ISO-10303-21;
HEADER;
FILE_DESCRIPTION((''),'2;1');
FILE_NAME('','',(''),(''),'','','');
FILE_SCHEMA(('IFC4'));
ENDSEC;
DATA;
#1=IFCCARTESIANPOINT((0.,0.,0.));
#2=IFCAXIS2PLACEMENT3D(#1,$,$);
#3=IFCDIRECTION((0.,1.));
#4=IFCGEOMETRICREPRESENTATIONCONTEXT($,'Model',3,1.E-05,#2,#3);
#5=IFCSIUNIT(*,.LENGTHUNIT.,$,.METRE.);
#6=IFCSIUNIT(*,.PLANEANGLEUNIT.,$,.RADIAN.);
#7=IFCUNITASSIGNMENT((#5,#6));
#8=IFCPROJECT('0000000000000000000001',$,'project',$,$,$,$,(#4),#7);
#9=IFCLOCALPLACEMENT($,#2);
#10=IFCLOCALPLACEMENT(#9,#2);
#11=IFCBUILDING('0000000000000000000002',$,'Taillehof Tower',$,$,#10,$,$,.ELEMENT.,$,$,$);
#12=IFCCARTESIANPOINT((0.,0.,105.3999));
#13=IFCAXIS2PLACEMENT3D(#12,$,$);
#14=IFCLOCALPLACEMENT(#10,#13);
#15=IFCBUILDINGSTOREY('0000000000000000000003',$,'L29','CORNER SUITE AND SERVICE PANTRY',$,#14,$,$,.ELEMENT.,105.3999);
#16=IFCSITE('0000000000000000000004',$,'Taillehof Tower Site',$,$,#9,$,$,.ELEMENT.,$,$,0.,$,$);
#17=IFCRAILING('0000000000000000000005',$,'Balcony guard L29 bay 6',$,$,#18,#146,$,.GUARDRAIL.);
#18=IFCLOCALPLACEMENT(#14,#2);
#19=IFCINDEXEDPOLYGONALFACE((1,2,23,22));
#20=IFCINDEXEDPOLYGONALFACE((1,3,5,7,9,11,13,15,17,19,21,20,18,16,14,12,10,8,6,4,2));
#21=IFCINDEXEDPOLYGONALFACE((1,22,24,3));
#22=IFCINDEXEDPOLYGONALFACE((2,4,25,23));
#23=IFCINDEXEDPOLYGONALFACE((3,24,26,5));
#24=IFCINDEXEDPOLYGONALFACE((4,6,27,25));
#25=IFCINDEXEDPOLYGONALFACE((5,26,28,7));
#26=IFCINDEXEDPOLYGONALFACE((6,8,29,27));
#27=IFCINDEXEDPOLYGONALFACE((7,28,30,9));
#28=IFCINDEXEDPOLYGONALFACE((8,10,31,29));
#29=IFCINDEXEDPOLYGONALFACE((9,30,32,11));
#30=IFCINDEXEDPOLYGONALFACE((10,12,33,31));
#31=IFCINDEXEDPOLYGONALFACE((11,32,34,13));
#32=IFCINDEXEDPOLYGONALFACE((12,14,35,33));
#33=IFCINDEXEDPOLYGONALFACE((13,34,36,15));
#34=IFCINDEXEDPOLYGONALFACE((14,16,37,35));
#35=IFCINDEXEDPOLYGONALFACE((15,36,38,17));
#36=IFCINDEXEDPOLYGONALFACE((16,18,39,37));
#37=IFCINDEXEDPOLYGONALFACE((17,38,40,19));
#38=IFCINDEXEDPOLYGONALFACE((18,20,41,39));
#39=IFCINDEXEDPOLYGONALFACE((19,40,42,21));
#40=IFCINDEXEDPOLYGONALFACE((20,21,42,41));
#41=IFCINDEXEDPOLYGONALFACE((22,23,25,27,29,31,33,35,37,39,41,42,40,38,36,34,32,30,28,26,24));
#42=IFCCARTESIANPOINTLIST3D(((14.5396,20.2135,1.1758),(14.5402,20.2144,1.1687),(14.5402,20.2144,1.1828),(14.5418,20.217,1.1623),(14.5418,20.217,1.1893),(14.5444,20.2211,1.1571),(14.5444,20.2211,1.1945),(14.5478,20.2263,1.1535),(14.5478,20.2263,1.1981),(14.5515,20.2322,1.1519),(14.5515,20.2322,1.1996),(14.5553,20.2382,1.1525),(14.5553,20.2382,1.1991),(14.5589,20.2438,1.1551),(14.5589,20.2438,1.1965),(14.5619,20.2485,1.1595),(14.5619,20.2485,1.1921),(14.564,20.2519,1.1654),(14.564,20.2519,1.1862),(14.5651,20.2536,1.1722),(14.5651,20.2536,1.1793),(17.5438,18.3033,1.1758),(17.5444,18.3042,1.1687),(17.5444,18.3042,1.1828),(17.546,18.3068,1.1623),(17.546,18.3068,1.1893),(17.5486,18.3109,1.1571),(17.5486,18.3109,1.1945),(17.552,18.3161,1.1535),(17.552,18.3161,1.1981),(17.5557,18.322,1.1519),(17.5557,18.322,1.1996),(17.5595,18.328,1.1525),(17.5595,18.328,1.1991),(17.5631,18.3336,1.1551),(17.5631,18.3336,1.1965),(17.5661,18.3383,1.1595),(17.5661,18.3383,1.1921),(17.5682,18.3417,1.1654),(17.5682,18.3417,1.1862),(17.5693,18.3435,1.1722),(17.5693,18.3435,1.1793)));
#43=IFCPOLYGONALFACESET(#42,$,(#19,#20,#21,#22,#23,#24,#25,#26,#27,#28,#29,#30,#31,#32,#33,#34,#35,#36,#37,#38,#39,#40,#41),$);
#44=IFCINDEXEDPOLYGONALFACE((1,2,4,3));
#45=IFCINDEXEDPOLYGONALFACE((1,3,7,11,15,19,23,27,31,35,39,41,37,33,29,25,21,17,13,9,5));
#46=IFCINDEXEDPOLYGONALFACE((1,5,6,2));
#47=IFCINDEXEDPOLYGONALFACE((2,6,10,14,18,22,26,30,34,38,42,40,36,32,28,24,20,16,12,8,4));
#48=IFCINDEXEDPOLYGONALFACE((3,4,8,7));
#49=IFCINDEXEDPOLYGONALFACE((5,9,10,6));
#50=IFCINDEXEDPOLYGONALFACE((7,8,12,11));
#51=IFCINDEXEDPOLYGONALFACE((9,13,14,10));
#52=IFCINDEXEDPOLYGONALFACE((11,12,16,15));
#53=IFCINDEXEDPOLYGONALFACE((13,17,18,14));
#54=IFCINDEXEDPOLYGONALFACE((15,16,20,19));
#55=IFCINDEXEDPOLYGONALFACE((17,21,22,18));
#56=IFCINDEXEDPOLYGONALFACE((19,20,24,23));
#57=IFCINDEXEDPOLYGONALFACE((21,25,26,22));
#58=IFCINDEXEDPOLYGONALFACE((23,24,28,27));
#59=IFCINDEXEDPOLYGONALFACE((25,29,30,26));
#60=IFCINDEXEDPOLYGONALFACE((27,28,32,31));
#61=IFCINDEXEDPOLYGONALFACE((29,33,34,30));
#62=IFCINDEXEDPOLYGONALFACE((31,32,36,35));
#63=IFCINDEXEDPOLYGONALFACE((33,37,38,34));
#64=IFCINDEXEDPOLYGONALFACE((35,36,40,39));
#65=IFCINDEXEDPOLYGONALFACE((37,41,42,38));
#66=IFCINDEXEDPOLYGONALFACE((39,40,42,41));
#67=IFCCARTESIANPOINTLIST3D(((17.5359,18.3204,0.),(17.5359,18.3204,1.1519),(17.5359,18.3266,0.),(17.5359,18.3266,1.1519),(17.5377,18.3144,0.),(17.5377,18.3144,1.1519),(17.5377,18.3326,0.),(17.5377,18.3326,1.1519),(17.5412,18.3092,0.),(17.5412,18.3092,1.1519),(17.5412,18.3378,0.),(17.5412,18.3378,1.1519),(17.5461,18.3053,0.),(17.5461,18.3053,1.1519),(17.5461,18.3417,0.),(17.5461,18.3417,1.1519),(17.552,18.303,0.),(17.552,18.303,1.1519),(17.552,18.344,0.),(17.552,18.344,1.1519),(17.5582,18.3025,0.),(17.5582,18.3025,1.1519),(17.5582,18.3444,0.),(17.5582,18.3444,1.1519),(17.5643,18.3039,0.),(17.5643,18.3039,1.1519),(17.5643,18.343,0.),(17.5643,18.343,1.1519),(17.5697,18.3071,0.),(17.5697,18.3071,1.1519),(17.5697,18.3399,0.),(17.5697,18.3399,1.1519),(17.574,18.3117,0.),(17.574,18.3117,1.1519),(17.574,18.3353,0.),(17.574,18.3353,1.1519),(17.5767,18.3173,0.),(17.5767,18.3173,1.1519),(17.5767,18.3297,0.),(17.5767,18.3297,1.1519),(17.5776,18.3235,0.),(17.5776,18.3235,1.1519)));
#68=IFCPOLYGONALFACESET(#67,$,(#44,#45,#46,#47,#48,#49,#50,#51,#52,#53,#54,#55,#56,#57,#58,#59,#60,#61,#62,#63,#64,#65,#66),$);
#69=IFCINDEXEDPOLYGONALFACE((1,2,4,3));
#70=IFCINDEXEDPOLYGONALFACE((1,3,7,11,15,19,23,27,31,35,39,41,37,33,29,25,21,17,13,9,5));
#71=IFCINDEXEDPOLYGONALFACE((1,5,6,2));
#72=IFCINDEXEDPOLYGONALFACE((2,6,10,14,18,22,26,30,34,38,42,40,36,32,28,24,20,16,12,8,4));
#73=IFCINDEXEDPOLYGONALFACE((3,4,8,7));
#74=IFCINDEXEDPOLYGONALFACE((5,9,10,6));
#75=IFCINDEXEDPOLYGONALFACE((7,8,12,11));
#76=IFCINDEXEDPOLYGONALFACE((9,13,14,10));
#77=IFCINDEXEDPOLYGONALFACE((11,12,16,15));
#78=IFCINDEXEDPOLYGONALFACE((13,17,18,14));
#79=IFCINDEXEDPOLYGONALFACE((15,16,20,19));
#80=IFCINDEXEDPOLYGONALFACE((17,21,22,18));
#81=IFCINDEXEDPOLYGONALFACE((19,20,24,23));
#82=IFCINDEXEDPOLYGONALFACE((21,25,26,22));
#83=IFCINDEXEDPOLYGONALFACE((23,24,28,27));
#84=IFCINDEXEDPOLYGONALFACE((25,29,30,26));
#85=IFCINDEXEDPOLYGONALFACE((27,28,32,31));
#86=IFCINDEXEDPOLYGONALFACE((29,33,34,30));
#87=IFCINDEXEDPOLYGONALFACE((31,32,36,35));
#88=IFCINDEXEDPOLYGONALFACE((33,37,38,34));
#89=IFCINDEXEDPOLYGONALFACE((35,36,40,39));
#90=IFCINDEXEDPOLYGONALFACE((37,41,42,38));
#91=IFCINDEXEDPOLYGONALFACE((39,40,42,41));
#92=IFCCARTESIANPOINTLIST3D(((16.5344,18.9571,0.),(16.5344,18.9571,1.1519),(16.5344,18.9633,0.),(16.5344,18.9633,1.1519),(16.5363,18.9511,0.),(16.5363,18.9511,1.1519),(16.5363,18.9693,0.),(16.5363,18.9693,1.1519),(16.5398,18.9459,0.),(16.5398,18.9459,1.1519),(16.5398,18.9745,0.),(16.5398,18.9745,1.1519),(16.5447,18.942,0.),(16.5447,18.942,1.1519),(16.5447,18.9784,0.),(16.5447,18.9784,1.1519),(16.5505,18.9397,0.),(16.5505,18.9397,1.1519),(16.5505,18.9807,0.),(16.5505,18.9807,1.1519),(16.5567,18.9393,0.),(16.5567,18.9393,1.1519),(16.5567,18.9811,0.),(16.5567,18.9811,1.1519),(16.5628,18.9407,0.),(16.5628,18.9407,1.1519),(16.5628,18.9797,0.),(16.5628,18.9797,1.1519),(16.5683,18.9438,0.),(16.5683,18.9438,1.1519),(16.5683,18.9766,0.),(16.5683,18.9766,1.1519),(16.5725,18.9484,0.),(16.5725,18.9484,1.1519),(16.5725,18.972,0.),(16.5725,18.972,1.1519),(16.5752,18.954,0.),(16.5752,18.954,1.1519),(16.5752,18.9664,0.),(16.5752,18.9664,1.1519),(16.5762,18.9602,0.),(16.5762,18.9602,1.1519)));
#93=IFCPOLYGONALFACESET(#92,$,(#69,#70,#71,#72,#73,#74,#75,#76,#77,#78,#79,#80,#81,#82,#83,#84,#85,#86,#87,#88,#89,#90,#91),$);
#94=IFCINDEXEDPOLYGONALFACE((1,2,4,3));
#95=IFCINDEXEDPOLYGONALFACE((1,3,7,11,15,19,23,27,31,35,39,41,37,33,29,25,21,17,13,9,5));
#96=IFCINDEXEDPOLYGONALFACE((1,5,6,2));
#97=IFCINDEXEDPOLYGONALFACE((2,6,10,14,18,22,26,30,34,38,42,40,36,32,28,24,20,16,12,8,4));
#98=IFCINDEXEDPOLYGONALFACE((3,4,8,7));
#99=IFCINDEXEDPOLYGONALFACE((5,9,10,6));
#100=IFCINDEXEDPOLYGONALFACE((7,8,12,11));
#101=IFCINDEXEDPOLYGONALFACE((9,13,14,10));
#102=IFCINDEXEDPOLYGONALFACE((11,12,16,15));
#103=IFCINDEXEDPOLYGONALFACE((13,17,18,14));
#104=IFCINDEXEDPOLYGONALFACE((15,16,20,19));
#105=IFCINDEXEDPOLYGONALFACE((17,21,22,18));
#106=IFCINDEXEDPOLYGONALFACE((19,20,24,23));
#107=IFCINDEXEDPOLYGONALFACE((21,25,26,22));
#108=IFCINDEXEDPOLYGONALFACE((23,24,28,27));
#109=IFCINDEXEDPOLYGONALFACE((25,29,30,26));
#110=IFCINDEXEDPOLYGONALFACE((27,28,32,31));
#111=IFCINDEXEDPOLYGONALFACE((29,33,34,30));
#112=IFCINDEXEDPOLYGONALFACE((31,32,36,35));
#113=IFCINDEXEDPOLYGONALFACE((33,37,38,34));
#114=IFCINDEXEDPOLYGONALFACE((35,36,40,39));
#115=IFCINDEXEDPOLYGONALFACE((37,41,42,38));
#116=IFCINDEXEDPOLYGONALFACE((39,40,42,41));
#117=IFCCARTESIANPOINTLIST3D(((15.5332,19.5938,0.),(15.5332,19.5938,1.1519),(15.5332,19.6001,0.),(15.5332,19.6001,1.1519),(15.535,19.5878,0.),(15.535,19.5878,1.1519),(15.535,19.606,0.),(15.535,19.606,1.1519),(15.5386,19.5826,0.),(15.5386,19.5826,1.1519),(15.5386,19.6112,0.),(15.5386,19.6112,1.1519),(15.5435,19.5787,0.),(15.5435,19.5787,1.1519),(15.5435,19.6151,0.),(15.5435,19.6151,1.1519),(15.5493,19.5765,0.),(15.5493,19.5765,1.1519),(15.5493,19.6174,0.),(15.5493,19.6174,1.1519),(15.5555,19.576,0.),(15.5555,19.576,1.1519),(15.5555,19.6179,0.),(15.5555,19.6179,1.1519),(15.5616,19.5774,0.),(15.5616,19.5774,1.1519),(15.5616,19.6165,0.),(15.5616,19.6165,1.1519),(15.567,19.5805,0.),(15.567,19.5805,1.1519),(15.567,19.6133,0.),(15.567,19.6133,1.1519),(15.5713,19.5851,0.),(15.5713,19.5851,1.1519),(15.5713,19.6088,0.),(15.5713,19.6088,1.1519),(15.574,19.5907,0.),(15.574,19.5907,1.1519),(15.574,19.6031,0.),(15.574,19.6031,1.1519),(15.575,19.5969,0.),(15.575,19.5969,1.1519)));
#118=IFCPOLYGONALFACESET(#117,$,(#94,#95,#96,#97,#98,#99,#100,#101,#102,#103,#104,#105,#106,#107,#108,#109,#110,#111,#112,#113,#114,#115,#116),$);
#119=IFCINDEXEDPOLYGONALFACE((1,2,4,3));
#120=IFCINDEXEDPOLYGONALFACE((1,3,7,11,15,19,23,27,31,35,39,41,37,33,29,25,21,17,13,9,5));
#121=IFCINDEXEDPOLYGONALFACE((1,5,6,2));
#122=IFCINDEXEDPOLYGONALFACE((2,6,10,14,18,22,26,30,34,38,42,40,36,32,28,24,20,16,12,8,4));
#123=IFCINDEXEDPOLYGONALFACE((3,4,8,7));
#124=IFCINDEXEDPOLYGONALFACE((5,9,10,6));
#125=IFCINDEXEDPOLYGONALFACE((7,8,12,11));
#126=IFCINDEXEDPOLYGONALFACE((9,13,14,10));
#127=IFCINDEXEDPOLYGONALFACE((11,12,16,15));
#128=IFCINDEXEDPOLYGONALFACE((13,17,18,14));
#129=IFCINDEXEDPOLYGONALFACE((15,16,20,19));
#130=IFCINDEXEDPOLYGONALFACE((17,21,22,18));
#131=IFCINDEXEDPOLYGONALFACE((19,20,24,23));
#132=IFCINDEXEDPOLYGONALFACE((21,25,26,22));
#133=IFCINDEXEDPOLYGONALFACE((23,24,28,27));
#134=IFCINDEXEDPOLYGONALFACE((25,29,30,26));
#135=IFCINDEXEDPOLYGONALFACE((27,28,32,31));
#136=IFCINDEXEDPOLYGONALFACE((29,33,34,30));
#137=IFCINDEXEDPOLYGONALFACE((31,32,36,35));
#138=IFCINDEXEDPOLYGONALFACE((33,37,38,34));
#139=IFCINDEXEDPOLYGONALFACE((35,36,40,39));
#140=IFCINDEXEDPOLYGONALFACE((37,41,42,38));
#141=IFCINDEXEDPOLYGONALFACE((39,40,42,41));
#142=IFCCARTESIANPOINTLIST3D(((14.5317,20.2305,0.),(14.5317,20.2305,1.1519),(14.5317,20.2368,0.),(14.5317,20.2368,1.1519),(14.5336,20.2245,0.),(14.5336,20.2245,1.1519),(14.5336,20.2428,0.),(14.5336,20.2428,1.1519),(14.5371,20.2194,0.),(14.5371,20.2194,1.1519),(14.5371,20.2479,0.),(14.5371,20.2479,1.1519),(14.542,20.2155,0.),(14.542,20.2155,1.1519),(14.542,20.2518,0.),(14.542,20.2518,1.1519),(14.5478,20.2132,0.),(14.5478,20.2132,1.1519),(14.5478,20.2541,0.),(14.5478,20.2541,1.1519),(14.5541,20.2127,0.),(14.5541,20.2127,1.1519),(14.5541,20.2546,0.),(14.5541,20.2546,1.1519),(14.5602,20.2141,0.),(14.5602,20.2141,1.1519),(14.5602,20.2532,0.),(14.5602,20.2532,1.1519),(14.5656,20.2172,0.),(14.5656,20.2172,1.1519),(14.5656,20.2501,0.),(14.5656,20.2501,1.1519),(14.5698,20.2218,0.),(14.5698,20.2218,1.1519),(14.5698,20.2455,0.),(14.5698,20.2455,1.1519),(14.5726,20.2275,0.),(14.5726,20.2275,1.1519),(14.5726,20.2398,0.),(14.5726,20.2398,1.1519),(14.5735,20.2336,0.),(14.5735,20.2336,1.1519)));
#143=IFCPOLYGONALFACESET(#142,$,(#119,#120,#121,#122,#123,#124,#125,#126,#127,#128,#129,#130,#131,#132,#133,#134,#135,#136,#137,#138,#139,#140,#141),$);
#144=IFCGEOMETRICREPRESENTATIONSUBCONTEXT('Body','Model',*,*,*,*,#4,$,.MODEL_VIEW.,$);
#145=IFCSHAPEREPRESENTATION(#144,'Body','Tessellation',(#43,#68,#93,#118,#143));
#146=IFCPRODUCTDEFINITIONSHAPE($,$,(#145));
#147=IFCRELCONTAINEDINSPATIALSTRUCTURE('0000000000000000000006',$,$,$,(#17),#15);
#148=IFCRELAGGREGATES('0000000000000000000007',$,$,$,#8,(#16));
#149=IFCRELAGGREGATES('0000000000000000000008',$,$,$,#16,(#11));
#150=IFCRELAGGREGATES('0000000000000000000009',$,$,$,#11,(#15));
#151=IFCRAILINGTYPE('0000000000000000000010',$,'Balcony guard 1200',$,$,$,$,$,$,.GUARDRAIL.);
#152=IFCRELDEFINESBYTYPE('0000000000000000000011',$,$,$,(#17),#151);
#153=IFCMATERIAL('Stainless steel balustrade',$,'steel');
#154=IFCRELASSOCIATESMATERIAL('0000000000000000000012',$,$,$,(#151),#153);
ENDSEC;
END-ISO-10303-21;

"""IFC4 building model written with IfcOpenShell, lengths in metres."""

from ifc_helpers import new_model, si_unit, direction, frame, origin, origin_2d, place, context, subcontext, project, spatial, circle, extrude, material, type_object, element, save


model = new_model("IFC4")

# Units and contexts
model_context = context("Model", 3, precision=1e-05, world=origin(), true_north=direction((0.0, 1.0)))
body_context = subcontext(model_context, "Body", "Model", "MODEL_VIEW")
ifc_project = project(units=[si_unit("LENGTHUNIT", "METRE"), si_unit("PLANEANGLEUNIT", "RADIAN")], contexts=[model_context])

# Site, building, storey
site_placement = place(None, origin())
site = spatial("IfcSite", under=ifc_project, at=site_placement, Name="Taillehof Tower Site", CompositionType="ELEMENT", RefElevation=0.0)
building_placement = place(site_placement, origin())
building = spatial("IfcBuilding", under=site, at=building_placement, Name="Taillehof Tower", CompositionType="ELEMENT")
storey_placement = place(building_placement, frame((0.0, 0.0, 105.3999)))
storey = spatial("IfcBuildingStorey", under=building, at=storey_placement, Name="L29", Description="CORNER SUITE AND SERVICE PANTRY", CompositionType="ELEMENT", Elevation=105.3999)

# Railing
ifc_material_1 = material(Name="Stainless steel balustrade", Category="steel")
railing_type = type_object("IfcRailingType", Name="Balcony guard 1200", PredefinedType="GUARDRAIL", material=ifc_material_1)
railing_1_placement = place(storey_placement, frame((17.5566, 18.3235, 0.0)))
element("IfcRailing", 1, at=railing_1_placement, inside=storey, type_object=railing_type, Name="Balcony guard L29 bay 6", PredefinedType="GUARDRAIL", context=body_context, shape_type="SweptSolid", body=[
    extrude(circle(Radius=0.0239, at=origin_2d()), frame((0.0, 0.0, 1.1758), z_axis=(-0.843862, 0.53656, 0.0), x_axis=(-0.53656, -0.843862, 0.0)), (0.0, 0.0, 1.0), 3.5601),
    extrude(circle(Radius=0.021, at=origin_2d()), origin(), (0.0, 0.0, 1.0), 1.1519),
    extrude(circle(Radius=0.021, at=origin_2d()), frame((-1.0015, 0.6367, 0.0)), (0.0, 0.0, 1.0), 1.1519),
    extrude(circle(Radius=0.021, at=origin_2d()), frame((-2.0027, 1.2734, 0.0)), (0.0, 0.0, 1.0), 1.1519),
    extrude(circle(Radius=0.021, at=origin_2d()), frame((-3.0042, 1.9102, 0.0)), (0.0, 0.0, 1.0), 1.1519),
])

save(model, "model.ifc")
